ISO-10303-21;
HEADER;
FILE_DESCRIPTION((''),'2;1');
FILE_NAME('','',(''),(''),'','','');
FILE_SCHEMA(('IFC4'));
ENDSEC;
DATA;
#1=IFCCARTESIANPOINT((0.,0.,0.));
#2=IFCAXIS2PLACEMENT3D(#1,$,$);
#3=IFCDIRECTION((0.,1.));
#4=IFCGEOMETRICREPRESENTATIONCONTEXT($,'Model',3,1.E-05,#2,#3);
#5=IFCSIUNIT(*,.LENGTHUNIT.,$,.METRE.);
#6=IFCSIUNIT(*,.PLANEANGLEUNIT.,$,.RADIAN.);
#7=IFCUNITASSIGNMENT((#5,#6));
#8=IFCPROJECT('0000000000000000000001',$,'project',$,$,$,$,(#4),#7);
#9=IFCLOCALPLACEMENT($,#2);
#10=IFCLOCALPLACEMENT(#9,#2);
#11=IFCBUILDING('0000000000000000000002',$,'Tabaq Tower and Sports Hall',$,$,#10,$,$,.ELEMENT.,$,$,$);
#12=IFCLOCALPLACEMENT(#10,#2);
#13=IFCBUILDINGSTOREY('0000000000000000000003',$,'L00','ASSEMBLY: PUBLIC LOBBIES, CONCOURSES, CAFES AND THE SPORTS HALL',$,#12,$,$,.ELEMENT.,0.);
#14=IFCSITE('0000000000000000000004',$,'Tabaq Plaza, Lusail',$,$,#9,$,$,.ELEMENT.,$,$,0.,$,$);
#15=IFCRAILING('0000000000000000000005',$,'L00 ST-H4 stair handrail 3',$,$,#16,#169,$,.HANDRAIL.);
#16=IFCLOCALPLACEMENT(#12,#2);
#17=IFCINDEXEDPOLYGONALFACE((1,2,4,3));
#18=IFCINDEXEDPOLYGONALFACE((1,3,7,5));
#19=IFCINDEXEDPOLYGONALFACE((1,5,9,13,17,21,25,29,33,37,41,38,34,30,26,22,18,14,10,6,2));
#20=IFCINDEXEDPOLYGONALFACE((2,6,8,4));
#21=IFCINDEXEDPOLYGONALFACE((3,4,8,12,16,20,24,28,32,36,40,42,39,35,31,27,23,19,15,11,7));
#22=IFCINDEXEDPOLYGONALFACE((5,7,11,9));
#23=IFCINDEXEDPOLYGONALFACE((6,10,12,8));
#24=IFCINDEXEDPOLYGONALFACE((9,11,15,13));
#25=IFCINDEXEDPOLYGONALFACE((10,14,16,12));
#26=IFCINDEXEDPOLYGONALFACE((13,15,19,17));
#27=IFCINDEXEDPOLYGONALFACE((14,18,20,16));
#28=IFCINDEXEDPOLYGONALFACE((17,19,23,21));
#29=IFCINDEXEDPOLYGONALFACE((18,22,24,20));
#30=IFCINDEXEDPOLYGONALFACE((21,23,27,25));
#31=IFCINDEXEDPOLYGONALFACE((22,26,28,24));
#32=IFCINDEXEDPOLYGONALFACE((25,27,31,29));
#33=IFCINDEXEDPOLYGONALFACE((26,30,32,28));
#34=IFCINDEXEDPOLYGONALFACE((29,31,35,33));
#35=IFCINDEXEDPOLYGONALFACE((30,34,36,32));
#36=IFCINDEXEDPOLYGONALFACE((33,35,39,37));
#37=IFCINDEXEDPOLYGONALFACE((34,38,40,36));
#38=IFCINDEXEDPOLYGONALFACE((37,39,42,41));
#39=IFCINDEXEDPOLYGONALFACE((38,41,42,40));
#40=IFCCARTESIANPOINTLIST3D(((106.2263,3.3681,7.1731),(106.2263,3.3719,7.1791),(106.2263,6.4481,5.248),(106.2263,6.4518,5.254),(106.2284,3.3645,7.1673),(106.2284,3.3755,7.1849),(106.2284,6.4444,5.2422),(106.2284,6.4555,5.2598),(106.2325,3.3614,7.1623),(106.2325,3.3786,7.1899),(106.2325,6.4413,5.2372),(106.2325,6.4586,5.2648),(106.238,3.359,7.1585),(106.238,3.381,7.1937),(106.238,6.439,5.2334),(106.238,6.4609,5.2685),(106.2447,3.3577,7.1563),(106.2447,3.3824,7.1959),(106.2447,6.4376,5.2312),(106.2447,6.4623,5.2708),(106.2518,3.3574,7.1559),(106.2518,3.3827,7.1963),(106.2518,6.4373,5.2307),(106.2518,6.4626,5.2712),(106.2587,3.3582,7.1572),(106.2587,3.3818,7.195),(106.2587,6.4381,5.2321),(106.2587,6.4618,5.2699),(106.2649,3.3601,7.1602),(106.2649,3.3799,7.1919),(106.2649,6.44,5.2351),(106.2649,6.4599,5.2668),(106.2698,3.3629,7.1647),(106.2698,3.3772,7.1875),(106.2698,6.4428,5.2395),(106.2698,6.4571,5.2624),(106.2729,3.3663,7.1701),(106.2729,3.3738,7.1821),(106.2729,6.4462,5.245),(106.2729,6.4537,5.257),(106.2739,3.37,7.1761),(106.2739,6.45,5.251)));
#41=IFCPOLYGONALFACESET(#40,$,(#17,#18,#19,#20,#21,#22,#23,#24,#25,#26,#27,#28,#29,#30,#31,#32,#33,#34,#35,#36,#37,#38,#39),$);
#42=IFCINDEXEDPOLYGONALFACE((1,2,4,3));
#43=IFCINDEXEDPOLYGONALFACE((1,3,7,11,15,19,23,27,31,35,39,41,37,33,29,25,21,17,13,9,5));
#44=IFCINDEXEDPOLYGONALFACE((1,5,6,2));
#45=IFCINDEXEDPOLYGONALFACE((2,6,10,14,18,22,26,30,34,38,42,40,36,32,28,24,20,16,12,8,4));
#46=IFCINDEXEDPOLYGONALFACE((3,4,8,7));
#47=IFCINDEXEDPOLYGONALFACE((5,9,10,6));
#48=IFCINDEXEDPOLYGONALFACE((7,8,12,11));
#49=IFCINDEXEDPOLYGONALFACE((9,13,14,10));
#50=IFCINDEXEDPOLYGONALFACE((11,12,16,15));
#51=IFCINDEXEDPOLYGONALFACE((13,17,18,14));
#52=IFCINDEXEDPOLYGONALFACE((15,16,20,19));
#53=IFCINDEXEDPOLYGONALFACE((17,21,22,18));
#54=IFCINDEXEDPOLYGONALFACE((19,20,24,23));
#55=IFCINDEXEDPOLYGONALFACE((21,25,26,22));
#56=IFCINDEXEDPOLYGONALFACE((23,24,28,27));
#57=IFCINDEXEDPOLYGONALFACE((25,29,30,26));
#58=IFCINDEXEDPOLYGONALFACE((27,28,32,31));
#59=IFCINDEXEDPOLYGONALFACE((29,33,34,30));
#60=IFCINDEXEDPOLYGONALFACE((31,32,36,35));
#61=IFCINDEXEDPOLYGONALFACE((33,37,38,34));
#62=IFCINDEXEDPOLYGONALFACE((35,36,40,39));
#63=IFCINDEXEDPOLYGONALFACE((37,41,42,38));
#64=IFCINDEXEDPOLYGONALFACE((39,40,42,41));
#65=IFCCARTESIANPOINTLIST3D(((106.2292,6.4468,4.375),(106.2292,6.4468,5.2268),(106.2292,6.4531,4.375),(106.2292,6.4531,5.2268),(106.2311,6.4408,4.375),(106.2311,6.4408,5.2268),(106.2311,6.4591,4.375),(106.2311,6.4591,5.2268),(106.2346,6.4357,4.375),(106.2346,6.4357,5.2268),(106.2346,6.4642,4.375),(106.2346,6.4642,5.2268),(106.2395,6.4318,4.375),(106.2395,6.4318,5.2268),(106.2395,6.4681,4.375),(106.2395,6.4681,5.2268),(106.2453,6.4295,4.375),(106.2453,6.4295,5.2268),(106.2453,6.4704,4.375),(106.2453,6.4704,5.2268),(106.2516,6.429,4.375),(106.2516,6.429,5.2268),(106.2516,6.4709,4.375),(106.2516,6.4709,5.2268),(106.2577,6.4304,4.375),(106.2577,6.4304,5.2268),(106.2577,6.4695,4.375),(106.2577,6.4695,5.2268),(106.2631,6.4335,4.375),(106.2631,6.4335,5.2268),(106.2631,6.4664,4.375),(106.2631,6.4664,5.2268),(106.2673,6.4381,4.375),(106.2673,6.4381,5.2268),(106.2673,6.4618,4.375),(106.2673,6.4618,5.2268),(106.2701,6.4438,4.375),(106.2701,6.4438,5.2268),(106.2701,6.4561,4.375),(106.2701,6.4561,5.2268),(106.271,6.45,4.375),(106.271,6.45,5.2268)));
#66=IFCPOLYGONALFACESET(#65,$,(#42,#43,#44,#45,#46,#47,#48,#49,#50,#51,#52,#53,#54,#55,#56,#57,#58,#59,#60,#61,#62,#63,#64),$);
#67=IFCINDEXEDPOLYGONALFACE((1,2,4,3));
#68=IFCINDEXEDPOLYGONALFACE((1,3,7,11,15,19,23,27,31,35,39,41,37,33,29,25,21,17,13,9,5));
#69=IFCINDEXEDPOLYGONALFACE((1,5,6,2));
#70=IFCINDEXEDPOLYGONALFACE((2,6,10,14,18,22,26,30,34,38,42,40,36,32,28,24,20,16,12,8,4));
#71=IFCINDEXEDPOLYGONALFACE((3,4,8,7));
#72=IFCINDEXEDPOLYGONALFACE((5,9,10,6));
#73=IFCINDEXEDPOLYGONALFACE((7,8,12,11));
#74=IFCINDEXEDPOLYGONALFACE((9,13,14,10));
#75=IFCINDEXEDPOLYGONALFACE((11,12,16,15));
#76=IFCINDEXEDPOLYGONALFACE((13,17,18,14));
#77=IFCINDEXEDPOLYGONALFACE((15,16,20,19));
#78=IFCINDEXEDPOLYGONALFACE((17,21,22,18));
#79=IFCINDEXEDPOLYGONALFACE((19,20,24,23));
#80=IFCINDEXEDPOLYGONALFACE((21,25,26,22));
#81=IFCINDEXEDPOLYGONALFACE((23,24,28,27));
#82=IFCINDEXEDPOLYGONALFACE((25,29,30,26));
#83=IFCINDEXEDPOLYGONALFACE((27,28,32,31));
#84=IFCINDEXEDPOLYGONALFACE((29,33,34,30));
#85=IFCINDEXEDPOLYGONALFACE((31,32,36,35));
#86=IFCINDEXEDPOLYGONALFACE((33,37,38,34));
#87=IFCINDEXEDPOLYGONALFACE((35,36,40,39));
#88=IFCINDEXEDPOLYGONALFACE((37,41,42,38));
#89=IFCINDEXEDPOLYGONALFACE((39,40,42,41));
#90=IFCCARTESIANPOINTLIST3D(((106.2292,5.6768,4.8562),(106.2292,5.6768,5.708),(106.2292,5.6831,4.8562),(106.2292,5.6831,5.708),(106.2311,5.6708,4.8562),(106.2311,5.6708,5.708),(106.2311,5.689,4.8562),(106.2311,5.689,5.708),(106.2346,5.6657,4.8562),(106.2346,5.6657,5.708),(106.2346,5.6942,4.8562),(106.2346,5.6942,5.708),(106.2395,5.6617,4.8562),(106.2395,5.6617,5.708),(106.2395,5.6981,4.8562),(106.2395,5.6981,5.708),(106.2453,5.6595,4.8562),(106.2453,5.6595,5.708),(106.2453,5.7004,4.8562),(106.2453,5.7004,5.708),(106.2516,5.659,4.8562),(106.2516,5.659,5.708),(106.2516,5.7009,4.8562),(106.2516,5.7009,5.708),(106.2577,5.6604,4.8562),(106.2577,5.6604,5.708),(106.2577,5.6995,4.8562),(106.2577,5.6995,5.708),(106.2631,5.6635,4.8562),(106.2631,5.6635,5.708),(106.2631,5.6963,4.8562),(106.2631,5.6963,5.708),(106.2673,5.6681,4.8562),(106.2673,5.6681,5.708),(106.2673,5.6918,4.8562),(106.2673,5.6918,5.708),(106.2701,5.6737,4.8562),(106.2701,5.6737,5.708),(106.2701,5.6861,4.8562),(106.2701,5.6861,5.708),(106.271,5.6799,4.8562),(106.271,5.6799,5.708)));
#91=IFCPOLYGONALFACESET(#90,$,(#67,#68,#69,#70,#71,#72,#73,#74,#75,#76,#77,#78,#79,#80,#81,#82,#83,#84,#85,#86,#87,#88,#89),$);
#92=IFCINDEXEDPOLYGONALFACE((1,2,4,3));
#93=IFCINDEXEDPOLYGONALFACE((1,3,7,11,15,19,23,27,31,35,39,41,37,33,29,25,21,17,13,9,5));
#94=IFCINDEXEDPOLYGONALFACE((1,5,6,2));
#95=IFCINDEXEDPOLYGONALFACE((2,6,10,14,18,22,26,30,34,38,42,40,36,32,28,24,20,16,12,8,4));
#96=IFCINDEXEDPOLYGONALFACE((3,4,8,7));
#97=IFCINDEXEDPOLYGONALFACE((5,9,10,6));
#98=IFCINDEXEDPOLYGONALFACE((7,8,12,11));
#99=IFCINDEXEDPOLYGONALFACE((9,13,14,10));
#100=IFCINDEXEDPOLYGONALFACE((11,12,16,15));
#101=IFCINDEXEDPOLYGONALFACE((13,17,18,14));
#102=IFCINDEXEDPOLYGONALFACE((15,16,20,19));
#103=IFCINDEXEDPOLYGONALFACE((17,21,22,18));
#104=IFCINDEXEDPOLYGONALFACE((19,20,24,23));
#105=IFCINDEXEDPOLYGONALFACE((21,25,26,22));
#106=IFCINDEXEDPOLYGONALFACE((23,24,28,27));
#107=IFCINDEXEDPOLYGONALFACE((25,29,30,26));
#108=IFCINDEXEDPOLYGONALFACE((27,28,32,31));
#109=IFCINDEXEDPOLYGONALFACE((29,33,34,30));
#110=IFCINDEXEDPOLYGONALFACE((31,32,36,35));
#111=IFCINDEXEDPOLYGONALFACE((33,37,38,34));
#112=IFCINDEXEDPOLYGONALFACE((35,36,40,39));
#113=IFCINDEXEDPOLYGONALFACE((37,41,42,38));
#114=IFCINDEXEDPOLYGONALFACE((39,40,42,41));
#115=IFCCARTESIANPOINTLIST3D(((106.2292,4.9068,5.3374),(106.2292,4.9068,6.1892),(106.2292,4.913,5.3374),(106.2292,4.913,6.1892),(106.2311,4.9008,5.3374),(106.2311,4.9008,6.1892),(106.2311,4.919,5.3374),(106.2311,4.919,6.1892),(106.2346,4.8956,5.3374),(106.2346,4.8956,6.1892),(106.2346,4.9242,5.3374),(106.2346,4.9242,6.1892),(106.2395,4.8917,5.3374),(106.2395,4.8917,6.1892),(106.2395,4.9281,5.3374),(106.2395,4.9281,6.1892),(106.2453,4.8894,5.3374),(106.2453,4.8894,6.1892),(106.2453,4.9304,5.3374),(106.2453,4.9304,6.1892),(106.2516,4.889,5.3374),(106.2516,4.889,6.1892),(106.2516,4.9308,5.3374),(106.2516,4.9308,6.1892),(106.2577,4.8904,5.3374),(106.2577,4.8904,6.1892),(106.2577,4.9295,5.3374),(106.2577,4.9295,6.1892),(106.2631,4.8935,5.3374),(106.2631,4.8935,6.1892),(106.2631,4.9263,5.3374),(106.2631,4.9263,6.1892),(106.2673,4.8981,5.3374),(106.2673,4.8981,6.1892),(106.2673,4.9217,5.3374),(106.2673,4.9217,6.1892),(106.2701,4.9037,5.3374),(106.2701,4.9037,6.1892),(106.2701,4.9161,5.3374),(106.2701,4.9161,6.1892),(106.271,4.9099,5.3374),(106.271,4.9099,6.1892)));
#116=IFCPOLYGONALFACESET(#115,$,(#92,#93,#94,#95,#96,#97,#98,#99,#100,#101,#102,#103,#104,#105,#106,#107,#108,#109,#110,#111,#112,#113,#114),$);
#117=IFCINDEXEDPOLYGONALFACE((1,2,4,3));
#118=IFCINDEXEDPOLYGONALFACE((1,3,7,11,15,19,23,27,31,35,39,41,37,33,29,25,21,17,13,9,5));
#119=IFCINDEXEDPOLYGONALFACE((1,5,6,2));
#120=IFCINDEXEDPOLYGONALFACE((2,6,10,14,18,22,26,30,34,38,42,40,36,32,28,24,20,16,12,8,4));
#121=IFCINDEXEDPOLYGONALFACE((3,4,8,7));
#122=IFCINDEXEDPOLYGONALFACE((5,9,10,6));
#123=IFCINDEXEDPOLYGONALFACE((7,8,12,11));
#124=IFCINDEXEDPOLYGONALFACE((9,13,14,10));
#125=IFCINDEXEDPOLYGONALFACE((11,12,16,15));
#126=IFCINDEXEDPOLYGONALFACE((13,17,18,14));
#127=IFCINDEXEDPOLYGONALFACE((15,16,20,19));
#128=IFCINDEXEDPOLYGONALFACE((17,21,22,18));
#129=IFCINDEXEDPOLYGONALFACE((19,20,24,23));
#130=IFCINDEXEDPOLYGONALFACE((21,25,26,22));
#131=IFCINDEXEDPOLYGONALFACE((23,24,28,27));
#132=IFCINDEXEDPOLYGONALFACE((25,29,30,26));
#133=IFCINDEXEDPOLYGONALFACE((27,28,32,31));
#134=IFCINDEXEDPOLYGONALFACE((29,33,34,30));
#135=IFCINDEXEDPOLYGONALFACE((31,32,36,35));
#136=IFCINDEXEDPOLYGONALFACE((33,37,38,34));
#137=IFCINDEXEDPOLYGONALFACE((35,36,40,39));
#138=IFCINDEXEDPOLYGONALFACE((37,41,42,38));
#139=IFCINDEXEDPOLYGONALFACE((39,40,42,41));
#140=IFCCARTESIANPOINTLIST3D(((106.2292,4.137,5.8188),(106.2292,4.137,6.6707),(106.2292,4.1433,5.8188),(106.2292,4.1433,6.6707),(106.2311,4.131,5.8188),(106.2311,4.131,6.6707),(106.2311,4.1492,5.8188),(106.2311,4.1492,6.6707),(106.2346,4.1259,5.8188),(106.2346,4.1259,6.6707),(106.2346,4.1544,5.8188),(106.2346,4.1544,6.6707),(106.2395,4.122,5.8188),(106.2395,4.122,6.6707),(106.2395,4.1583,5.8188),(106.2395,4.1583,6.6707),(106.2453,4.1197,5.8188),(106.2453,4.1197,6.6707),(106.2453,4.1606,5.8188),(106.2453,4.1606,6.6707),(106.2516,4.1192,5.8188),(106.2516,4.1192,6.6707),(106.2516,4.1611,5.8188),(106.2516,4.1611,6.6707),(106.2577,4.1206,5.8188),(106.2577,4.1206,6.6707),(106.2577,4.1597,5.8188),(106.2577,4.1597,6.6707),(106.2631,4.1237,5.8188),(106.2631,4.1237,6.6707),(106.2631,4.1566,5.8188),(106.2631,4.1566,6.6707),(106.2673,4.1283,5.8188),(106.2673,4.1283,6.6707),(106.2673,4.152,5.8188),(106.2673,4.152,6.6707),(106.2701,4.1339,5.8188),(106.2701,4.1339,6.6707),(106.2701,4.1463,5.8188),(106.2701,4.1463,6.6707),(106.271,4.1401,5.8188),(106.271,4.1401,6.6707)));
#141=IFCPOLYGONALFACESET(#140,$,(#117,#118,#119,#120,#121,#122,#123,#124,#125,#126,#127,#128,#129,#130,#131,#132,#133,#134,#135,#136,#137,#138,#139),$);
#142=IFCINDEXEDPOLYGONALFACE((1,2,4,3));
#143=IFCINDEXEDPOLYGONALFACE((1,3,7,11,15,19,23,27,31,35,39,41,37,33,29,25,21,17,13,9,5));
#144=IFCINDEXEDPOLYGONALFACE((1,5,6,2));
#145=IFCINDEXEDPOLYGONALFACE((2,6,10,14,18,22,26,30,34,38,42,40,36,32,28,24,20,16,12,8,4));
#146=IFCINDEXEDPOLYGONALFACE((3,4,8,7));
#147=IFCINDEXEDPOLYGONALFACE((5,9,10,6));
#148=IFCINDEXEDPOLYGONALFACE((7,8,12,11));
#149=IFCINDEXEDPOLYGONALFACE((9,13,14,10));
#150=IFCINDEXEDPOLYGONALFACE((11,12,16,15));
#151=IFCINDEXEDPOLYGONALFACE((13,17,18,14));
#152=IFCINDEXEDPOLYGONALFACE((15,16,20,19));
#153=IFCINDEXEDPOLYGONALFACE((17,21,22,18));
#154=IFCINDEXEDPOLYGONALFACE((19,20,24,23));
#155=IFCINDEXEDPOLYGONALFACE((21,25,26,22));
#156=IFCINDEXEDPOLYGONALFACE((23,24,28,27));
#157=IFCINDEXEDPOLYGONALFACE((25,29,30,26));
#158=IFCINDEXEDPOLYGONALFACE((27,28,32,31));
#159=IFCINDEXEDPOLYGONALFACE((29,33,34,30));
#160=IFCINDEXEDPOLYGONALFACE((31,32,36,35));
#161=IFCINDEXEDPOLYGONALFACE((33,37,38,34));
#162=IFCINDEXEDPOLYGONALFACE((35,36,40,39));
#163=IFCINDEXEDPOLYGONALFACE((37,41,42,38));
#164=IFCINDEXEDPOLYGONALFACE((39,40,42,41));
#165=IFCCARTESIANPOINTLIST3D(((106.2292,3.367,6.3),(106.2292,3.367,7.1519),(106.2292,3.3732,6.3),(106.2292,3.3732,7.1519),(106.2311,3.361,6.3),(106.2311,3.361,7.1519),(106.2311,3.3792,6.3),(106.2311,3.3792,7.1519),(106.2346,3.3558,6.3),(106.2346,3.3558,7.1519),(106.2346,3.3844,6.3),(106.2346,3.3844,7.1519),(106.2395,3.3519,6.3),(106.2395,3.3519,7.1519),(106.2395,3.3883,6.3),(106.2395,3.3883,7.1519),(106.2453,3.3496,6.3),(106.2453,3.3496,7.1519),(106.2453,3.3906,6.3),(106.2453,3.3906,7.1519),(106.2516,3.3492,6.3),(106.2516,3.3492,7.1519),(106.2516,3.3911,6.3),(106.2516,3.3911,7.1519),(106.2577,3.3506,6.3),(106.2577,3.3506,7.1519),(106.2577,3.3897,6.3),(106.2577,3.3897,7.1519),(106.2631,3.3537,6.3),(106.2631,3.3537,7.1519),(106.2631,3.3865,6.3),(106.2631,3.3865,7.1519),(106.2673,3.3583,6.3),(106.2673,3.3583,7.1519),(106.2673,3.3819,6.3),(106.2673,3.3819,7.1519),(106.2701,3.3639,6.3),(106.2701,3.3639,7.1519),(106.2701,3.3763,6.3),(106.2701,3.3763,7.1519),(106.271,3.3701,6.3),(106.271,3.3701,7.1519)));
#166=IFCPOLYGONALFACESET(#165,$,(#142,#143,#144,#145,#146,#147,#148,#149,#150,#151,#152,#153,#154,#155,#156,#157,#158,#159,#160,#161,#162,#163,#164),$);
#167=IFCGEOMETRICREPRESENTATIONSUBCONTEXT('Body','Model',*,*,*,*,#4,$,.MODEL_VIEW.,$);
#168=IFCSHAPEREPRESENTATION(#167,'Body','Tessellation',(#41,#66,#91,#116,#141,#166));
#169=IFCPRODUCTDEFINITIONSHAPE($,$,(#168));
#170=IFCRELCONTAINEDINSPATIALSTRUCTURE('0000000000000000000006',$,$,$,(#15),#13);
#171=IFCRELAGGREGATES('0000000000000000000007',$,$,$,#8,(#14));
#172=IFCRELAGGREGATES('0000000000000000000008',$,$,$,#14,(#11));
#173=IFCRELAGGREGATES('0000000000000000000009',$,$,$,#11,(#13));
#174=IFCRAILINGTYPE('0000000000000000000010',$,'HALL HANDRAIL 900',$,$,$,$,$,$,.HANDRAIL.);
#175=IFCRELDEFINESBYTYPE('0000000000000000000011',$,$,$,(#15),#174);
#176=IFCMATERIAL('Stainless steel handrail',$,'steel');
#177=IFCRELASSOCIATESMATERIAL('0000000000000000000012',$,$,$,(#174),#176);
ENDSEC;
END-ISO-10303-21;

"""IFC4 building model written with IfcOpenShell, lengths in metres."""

from ifc_helpers import new_model, si_unit, direction, frame, origin, origin_2d, place, context, subcontext, project, spatial, circle, extrude, material, type_object, element, save


model = new_model("IFC4")

# Units and contexts
model_context = context("Model", 3, precision=1e-05, world=origin(), true_north=direction((0.0, 1.0)))
body_context = subcontext(model_context, "Body", "Model", "MODEL_VIEW")
ifc_project = project(units=[si_unit("LENGTHUNIT", "METRE"), si_unit("PLANEANGLEUNIT", "RADIAN")], contexts=[model_context])

# Site, building, storey
site_placement = place(None, origin())
site = spatial("IfcSite", under=ifc_project, at=site_placement, Name="Tabaq Plaza, Lusail", CompositionType="ELEMENT", RefElevation=0.0)
building_placement = place(site_placement, origin())
building = spatial("IfcBuilding", under=site, at=building_placement, Name="Tabaq Tower and Sports Hall", CompositionType="ELEMENT")
storey_placement = place(building_placement, origin())
storey = spatial("IfcBuildingStorey", under=building, at=storey_placement, Name="L00", Description="ASSEMBLY: PUBLIC LOBBIES, CONCOURSES, CAFES AND THE SPORTS HALL", CompositionType="ELEMENT", Elevation=0.0)

# Railing
ifc_material_1 = material(Name="Stainless steel handrail", Category="steel")
railing_type_1 = type_object("IfcRailingType", Name="HALL HANDRAIL 900", PredefinedType="HANDRAIL", material=ifc_material_1)
railing_1_placement = place(storey_placement, frame((106.25, 6.45, 4.375)))
element("IfcRailing", 1, at=railing_1_placement, inside=storey, type_object=railing_type_1, Name="L00 ST-H4 stair handrail 3", PredefinedType="HANDRAIL", context=body_context, shape_type="SweptSolid", body=[
    extrude(circle(Radius=0.0239, at=origin_2d()), frame((0.0, 0.0, 0.876), z_axis=(0.0, -0.847979, 0.530029), x_axis=(1.0, 0.0, 0.0)), (0.0, 0.0, 1.0), 3.6321),
    extrude(circle(Radius=0.021, at=origin_2d()), origin(), (0.0, 0.0, 1.0), 0.8518),
    extrude(circle(Radius=0.021, at=origin_2d()), frame((0.0, -0.77, 0.4812)), (0.0, 0.0, 1.0), 0.8518),
    extrude(circle(Radius=0.021, at=origin_2d()), frame((0.0, -1.54, 0.9624)), (0.0, 0.0, 1.0), 0.8518),
    extrude(circle(Radius=0.021, at=origin_2d()), frame((0.0, -2.3098, 1.4438)), (0.0, 0.0, 1.0), 0.8518),
    extrude(circle(Radius=0.021, at=origin_2d()), frame((0.0, -3.0798, 1.925)), (0.0, 0.0, 1.0), 0.8518),
])

save(model, "model.ifc")
